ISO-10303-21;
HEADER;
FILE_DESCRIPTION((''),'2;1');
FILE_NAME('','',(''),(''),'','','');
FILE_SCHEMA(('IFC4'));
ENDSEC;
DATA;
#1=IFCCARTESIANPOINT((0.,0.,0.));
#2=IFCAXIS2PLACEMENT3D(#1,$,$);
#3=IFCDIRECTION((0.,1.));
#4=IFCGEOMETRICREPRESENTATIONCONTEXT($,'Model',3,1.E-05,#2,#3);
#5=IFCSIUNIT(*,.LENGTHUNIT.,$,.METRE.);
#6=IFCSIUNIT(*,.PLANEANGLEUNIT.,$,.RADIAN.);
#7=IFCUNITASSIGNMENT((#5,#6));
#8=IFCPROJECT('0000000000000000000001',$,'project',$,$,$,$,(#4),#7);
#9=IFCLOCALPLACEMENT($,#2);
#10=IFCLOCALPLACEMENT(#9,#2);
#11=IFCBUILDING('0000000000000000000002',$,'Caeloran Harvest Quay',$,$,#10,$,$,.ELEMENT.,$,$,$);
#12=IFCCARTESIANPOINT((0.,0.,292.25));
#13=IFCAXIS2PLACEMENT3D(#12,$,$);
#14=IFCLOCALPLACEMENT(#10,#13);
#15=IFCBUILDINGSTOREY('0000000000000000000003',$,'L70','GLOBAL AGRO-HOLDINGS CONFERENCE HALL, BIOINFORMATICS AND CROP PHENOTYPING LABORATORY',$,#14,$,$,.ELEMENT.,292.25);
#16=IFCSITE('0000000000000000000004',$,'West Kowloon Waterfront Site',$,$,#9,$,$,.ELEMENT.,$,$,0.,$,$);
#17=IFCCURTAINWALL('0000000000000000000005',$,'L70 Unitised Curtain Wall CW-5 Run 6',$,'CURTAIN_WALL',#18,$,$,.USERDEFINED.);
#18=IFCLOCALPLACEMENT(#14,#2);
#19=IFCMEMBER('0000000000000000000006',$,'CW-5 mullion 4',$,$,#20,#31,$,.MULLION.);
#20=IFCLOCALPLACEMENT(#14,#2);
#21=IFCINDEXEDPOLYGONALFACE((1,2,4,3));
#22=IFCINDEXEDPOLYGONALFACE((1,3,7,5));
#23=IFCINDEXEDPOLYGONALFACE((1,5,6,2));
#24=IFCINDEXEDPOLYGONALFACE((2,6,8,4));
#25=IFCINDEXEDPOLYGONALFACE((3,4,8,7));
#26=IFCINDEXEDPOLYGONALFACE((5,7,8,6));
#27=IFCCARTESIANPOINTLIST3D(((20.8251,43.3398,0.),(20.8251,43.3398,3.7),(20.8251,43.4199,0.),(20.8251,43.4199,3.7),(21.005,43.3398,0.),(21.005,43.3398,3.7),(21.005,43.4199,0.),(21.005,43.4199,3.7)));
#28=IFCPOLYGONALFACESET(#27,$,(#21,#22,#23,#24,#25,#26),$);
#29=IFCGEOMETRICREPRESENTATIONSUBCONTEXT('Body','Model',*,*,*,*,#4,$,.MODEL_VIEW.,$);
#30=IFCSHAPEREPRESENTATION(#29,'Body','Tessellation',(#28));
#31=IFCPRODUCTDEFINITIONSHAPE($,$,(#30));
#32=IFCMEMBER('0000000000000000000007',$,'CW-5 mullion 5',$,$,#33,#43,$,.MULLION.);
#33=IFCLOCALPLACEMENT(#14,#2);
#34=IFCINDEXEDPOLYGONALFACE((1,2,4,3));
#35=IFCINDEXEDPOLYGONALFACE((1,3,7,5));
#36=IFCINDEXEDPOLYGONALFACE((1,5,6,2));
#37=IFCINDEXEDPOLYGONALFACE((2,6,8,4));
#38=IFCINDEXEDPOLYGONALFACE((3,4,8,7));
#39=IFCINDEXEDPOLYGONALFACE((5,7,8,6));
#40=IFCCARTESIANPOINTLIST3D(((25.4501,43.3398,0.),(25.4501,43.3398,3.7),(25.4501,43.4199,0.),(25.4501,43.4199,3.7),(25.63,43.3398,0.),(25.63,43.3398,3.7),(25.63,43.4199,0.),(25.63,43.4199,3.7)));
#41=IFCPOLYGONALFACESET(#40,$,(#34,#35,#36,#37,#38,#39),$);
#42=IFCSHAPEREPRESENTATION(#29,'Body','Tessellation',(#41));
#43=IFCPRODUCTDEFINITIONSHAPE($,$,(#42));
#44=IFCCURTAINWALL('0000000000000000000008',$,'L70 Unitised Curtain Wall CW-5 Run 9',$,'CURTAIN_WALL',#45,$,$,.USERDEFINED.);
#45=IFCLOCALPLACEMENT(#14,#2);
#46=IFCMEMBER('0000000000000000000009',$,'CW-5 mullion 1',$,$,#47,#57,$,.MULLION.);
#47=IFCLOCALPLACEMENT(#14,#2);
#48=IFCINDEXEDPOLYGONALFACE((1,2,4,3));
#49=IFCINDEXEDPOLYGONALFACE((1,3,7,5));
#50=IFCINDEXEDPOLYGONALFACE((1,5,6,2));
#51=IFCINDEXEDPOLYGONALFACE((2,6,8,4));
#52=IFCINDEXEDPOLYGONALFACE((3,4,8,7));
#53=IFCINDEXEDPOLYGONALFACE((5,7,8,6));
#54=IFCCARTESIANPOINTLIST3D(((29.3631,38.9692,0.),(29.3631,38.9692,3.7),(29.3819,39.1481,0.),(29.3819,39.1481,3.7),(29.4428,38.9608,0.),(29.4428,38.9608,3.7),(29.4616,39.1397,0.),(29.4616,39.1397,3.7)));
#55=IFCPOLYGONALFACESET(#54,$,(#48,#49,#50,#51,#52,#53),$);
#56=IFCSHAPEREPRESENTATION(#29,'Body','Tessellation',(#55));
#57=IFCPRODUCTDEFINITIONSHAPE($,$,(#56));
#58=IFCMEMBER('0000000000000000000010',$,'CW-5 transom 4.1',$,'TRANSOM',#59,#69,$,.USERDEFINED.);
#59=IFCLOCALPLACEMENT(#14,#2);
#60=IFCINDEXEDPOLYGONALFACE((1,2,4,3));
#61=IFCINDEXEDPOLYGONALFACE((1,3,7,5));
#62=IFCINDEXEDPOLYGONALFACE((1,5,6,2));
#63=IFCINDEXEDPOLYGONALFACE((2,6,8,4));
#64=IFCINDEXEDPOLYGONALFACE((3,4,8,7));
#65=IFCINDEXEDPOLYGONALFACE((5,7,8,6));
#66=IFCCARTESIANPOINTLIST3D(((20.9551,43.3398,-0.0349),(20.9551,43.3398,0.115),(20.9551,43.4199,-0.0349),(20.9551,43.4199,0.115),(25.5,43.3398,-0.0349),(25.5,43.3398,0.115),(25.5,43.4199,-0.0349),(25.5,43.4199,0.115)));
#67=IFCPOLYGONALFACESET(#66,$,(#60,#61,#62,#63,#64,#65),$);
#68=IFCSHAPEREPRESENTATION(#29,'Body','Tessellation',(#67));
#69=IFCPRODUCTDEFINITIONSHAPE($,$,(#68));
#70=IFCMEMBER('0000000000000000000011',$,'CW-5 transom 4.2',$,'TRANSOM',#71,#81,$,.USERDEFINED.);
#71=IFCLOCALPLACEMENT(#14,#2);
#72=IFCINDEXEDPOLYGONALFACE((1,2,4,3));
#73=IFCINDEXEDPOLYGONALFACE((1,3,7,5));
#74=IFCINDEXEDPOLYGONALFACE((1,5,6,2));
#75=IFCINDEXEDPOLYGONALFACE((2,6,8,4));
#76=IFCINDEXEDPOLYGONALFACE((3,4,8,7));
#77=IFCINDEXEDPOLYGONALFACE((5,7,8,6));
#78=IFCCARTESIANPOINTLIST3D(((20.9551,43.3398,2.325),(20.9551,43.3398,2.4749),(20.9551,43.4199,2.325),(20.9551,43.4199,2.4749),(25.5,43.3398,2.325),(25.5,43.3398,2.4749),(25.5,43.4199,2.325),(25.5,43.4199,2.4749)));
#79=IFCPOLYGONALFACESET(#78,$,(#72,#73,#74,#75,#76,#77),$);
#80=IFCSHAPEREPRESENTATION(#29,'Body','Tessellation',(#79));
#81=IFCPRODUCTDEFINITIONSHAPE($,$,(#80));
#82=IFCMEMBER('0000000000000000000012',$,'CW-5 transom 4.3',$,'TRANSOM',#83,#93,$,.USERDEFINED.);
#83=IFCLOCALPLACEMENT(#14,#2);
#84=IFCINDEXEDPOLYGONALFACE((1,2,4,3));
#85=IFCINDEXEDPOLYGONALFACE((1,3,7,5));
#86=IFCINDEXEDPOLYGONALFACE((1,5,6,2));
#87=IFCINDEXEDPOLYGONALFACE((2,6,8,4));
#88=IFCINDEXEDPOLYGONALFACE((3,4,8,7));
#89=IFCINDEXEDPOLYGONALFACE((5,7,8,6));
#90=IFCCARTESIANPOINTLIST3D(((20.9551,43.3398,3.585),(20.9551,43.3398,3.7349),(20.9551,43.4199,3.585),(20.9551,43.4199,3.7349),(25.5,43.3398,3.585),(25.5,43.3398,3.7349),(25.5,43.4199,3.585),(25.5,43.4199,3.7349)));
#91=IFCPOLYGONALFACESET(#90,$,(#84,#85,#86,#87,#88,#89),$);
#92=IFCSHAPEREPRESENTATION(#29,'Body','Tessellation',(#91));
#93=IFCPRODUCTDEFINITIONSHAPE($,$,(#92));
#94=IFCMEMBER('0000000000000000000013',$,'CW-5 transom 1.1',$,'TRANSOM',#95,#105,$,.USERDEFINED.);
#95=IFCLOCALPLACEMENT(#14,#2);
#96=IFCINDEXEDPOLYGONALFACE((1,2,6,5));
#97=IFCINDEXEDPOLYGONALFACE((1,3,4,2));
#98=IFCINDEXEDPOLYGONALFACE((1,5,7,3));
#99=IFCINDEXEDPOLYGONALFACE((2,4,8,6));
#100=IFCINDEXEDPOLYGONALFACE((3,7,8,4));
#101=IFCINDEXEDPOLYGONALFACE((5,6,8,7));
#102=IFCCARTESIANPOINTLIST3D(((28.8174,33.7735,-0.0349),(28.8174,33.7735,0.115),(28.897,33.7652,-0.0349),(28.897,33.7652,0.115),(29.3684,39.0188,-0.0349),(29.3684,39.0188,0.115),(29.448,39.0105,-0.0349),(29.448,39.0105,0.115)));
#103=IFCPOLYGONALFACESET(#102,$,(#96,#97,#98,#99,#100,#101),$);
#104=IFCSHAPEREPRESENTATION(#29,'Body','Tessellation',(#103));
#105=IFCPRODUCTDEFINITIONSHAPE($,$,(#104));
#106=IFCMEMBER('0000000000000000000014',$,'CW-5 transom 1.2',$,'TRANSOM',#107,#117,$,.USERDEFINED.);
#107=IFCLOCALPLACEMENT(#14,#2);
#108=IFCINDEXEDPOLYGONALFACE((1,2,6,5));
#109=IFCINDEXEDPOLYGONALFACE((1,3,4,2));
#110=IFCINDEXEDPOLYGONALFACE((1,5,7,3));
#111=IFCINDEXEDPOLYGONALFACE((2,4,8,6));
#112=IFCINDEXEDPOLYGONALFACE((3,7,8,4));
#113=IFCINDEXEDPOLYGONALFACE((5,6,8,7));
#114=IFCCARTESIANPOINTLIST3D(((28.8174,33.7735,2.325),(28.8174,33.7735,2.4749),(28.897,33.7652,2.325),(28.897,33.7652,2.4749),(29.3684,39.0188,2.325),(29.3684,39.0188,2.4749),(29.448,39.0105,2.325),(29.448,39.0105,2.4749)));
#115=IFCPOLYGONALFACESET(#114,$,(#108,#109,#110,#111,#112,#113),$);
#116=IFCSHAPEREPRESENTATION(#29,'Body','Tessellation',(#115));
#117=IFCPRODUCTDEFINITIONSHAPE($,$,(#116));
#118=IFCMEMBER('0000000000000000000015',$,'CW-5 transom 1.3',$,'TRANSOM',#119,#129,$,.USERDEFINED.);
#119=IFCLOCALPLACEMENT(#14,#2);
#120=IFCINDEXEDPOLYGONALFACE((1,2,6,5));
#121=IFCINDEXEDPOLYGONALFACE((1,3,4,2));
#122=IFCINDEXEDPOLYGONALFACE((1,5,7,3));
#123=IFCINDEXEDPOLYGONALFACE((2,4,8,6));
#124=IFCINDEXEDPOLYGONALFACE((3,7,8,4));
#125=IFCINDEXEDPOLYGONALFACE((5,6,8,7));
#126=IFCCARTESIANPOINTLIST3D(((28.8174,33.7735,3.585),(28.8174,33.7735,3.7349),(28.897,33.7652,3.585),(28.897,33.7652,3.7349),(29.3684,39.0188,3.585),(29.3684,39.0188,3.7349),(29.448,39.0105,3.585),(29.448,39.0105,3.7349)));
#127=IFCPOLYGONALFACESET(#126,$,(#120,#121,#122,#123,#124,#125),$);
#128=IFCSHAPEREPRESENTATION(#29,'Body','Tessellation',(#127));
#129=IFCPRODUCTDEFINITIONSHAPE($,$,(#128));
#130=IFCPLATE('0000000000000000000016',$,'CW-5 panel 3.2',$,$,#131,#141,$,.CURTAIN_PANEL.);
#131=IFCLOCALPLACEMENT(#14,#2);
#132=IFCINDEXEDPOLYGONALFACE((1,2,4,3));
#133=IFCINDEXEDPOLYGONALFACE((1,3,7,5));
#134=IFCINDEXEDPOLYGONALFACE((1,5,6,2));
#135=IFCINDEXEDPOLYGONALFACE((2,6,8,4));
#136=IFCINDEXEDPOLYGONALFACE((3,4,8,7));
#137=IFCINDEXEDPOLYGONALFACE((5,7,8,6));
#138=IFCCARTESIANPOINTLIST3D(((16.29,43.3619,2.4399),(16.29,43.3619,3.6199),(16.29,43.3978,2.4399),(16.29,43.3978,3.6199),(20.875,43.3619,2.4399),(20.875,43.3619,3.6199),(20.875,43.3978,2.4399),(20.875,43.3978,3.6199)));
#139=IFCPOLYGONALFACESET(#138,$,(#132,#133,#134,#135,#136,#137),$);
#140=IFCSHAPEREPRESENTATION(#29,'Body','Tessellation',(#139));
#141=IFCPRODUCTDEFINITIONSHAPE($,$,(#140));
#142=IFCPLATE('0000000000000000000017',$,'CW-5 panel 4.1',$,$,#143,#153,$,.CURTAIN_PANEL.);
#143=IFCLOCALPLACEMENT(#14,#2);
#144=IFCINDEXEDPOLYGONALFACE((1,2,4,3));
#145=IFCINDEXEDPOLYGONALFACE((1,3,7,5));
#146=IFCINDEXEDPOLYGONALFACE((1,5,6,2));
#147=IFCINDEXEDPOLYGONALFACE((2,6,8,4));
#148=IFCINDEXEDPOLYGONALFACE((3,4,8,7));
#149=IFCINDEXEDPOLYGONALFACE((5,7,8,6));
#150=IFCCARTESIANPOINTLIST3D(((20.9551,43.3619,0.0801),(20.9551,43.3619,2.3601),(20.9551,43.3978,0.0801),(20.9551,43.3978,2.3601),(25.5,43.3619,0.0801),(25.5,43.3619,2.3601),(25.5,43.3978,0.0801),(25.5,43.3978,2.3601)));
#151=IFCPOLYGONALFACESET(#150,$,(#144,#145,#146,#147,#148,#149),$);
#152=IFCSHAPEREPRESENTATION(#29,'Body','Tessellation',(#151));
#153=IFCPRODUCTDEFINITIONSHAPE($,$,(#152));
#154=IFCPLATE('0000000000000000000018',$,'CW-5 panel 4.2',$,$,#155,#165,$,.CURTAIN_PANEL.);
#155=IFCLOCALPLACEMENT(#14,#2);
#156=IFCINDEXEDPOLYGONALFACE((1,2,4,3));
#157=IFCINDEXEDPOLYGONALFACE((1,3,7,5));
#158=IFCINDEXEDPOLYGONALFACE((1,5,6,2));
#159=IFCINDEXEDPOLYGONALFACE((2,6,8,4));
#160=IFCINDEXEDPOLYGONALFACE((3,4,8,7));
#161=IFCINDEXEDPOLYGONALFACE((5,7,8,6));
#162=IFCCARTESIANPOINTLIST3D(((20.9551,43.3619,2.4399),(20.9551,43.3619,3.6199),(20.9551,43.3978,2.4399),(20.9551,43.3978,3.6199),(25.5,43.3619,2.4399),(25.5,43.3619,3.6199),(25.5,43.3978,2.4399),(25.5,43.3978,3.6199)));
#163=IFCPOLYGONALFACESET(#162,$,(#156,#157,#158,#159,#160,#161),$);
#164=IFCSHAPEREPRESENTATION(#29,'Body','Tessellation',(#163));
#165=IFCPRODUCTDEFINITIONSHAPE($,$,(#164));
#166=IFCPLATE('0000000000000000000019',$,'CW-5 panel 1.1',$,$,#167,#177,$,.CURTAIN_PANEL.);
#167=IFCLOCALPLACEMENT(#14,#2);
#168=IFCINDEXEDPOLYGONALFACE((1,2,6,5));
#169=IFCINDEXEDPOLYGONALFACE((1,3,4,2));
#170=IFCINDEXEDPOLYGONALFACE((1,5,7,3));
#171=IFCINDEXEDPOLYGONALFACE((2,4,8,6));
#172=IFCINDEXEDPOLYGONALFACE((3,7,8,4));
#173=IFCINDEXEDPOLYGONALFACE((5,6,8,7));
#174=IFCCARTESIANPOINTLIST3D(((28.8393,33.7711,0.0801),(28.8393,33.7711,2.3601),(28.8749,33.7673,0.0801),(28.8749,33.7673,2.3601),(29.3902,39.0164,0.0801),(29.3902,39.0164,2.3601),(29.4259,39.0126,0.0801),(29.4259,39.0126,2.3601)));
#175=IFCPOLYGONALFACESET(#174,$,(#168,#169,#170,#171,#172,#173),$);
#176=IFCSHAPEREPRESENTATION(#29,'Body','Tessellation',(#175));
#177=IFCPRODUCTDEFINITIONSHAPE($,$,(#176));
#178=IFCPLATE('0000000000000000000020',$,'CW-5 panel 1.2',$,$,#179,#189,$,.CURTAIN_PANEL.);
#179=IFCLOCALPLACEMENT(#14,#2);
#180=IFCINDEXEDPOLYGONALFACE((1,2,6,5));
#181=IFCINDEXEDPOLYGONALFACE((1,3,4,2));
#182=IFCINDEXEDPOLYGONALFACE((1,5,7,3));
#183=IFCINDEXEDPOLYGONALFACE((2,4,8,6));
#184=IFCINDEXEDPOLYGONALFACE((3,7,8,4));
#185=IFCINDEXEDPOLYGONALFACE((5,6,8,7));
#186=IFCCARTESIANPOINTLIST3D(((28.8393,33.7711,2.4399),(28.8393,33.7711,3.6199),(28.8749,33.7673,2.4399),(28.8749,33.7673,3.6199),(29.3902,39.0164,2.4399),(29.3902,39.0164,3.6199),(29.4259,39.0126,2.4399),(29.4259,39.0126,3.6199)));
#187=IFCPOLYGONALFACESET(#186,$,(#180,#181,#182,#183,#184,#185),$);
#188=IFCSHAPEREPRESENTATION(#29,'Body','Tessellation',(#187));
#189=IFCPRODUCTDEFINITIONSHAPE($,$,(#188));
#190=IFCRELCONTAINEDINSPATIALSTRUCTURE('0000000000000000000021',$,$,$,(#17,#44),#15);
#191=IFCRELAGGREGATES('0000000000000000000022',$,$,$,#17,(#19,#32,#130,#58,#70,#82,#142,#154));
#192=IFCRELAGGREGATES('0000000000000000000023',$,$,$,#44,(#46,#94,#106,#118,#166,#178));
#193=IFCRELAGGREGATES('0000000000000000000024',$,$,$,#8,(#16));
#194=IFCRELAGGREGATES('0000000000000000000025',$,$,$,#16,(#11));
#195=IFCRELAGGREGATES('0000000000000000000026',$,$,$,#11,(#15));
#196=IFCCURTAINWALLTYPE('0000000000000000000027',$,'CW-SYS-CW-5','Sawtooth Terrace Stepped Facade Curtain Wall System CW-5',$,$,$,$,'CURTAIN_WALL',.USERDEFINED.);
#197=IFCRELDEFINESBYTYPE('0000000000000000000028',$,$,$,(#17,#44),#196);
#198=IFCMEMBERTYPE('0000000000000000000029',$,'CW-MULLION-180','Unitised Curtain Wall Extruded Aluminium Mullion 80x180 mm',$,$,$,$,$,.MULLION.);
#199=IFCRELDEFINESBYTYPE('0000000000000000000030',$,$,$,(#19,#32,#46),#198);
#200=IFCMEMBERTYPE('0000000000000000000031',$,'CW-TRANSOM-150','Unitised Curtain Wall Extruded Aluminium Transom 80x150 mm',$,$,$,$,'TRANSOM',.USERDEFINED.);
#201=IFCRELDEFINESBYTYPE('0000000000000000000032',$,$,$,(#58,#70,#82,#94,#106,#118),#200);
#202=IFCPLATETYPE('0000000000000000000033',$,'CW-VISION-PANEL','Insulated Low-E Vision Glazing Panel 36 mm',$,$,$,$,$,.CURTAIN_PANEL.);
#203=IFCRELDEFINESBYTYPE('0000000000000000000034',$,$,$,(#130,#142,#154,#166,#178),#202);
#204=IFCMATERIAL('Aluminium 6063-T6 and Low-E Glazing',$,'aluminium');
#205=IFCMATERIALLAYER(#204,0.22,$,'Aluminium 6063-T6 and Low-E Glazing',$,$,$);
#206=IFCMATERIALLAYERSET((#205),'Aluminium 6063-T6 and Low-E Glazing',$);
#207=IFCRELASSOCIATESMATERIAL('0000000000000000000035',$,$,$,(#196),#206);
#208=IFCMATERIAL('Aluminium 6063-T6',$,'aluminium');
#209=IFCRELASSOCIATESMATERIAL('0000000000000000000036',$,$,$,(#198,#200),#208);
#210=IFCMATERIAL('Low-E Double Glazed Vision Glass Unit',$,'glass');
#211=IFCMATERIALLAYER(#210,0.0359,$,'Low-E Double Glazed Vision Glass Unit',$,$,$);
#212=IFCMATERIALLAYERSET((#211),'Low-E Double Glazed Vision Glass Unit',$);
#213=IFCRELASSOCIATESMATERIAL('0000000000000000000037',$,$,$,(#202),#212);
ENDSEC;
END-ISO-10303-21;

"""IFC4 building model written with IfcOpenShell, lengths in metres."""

from ifc_helpers import new_model, si_unit, direction, frame, origin, origin_2d, place, context, subcontext, project, spatial, rectangle, extrude, material, layer, layer_set, material_profile, profile_set, type_object, element, aggregate, save


model = new_model("IFC4")

# Units and contexts
model_context = context("Model", 3, precision=1e-05, world=origin(), true_north=direction((0.0, 1.0)))
body_context = subcontext(model_context, "Body", "Model", "MODEL_VIEW")
ifc_project = project(units=[si_unit("LENGTHUNIT", "METRE"), si_unit("PLANEANGLEUNIT", "RADIAN")], contexts=[model_context])

# Site, building, storey
site_placement = place(None, origin())
site = spatial("IfcSite", under=ifc_project, at=site_placement, Name="West Kowloon Waterfront Site", CompositionType="ELEMENT", RefElevation=0.0)
building_placement = place(site_placement, origin())
building = spatial("IfcBuilding", under=site, at=building_placement, Name="Caeloran Harvest Quay", CompositionType="ELEMENT")
storey_placement = place(building_placement, frame((0.0, 0.0, 292.25)))
storey = spatial("IfcBuildingStorey", under=building, at=storey_placement, Name="L70", Description="GLOBAL AGRO-HOLDINGS CONFERENCE HALL, BIOINFORMATICS AND CROP PHENOTYPING LABORATORY", CompositionType="ELEMENT", Elevation=292.25)

# Curtain wall, members
ifc_material_1 = material(Name="Aluminium 6063-T6 and Low-E Glazing", Category="aluminium")
ifc_layer_1 = layer(ifc_material_1, 0.22, Name="Aluminium 6063-T6 and Low-E Glazing")
ifc_layer_set_1 = layer_set([ifc_layer_1], Name="Aluminium 6063-T6 and Low-E Glazing")
curtain_wall_type = type_object("IfcCurtainWallType", Name="CW-SYS-CW-5", Description="Sawtooth Terrace Stepped Facade Curtain Wall System CW-5", ElementType="CURTAIN_WALL", PredefinedType="USERDEFINED", material=ifc_layer_set_1)
curtain_wall_1_placement = place(storey_placement, origin())
curtain_wall_1 = element("IfcCurtainWall", 1, at=curtain_wall_1_placement, inside=storey, type_object=curtain_wall_type, Name="L70 Unitised Curtain Wall CW-5 Run 6", ObjectType="CURTAIN_WALL", PredefinedType="USERDEFINED")
ifc_material_2 = material(Name="Aluminium 6063-T6", Category="aluminium")
ifc_material_profile_1 = material_profile(ifc_material_2, rectangle(XDim=0.0801, YDim=0.1799, at=origin_2d()), Name="CW-MULLION-180")
ifc_profile_set_1 = profile_set([ifc_material_profile_1], Name="Aluminium 6063-T6")
member_type_1 = type_object("IfcMemberType", Name="CW-MULLION-180", Description="Unitised Curtain Wall Extruded Aluminium Mullion 80x180 mm", PredefinedType="MULLION", material=ifc_profile_set_1)
member_1_placement = place(storey_placement, frame((20.915, 43.3799, 0.0), z_axis=(0.0, 0.0, 1.0), x_axis=(0.0, 1.0, 0.0)))
member_1 = element("IfcMember", 2, at=member_1_placement, type_object=member_type_1, Name="CW-5 mullion 4", PredefinedType="MULLION", context=body_context, shape_type="SweptSolid", body=[
    extrude(rectangle(XDim=0.0801, YDim=0.1799, at=origin_2d()), origin(), (0.0, 0.0, 1.0), 3.7),
])
member_2_placement = place(storey_placement, frame((25.54, 43.3799, 0.0), z_axis=(0.0, 0.0, 1.0), x_axis=(0.0, 1.0, 0.0)))
member_2 = element("IfcMember", 3, at=member_2_placement, type_object=member_type_1, Name="CW-5 mullion 5", PredefinedType="MULLION", context=body_context, shape_type="SweptSolid", body=[
    extrude(rectangle(XDim=0.0801, YDim=0.1799, at=origin_2d()), origin(), (0.0, 0.0, 1.0), 3.7),
])

# Curtain wall, member
curtain_wall_2_placement = place(storey_placement, origin())
curtain_wall_2 = element("IfcCurtainWall", 4, at=curtain_wall_2_placement, inside=storey, type_object=curtain_wall_type, Name="L70 Unitised Curtain Wall CW-5 Run 9", ObjectType="CURTAIN_WALL", PredefinedType="USERDEFINED")
member_3_placement = place(storey_placement, frame((29.4124, 39.0544, 0.0), z_axis=(0.0, 0.0, 1.0), x_axis=(0.994529, -0.10446, 0.0)))
member_3 = element("IfcMember", 5, at=member_3_placement, type_object=member_type_1, Name="CW-5 mullion 1", PredefinedType="MULLION", context=body_context, shape_type="SweptSolid", body=[
    extrude(rectangle(XDim=0.0801, YDim=0.1799, at=origin_2d()), origin(), (0.0, 0.0, 1.0), 3.7),
])

# Members
ifc_material_profile_2 = material_profile(ifc_material_2, rectangle(XDim=0.0801, YDim=0.1499, at=origin_2d()), Name="CW-TRANSOM-150")
ifc_profile_set_2 = profile_set([ifc_material_profile_2], Name="Aluminium 6063-T6")
member_type_2 = type_object("IfcMemberType", Name="CW-TRANSOM-150", Description="Unitised Curtain Wall Extruded Aluminium Transom 80x150 mm", ElementType="TRANSOM", PredefinedType="USERDEFINED", material=ifc_profile_set_2)
member_4_placement = place(storey_placement, frame((20.9551, 43.3799, 0.04), z_axis=(1.0, 0.0, 0.0), x_axis=(0.0, 1.0, 0.0)))
member_4 = element("IfcMember", 6, at=member_4_placement, type_object=member_type_2, Name="CW-5 transom 4.1", ObjectType="TRANSOM", PredefinedType="USERDEFINED", context=body_context, shape_type="SweptSolid", body=[
    extrude(rectangle(XDim=0.0801, YDim=0.1499, at=origin_2d()), origin(), (0.0, 0.0, 1.0), 4.5449),
])
member_5_placement = place(storey_placement, frame((20.9551, 43.3799, 2.3999), z_axis=(1.0, 0.0, 0.0), x_axis=(0.0, 1.0, 0.0)))
member_5 = element("IfcMember", 7, at=member_5_placement, type_object=member_type_2, Name="CW-5 transom 4.2", ObjectType="TRANSOM", PredefinedType="USERDEFINED", context=body_context, shape_type="SweptSolid", body=[
    extrude(rectangle(XDim=0.0801, YDim=0.1499, at=origin_2d()), origin(), (0.0, 0.0, 1.0), 4.5449),
])
member_6_placement = place(storey_placement, frame((20.9551, 43.3799, 3.6599), z_axis=(1.0, 0.0, 0.0), x_axis=(0.0, 1.0, 0.0)))
member_6 = element("IfcMember", 8, at=member_6_placement, type_object=member_type_2, Name="CW-5 transom 4.3", ObjectType="TRANSOM", PredefinedType="USERDEFINED", context=body_context, shape_type="SweptSolid", body=[
    extrude(rectangle(XDim=0.0801, YDim=0.1499, at=origin_2d()), origin(), (0.0, 0.0, 1.0), 4.5449),
])
member_7_placement = place(storey_placement, frame((29.4082, 39.0146, 0.04), z_axis=(-0.104475, -0.994527, 0.0), x_axis=(0.994527, -0.104475, 0.0)))
member_7 = element("IfcMember", 9, at=member_7_placement, type_object=member_type_2, Name="CW-5 transom 1.1", ObjectType="TRANSOM", PredefinedType="USERDEFINED", context=body_context, shape_type="SweptSolid", body=[
    extrude(rectangle(XDim=0.0801, YDim=0.1499, at=origin_2d()), origin(), (0.0, 0.0, 1.0), 5.2742),
])
member_8_placement = place(storey_placement, frame((29.4082, 39.0146, 2.3999), z_axis=(-0.104475, -0.994527, 0.0), x_axis=(0.994527, -0.104475, 0.0)))
member_8 = element("IfcMember", 10, at=member_8_placement, type_object=member_type_2, Name="CW-5 transom 1.2", ObjectType="TRANSOM", PredefinedType="USERDEFINED", context=body_context, shape_type="SweptSolid", body=[
    extrude(rectangle(XDim=0.0801, YDim=0.1499, at=origin_2d()), origin(), (0.0, 0.0, 1.0), 5.2742),
])
member_9_placement = place(storey_placement, frame((29.4082, 39.0146, 3.6599), z_axis=(-0.104475, -0.994527, 0.0), x_axis=(0.994527, -0.104475, 0.0)))
member_9 = element("IfcMember", 11, at=member_9_placement, type_object=member_type_2, Name="CW-5 transom 1.3", ObjectType="TRANSOM", PredefinedType="USERDEFINED", context=body_context, shape_type="SweptSolid", body=[
    extrude(rectangle(XDim=0.0801, YDim=0.1499, at=origin_2d()), origin(), (0.0, 0.0, 1.0), 5.2742),
])

# Plates
ifc_material_3 = material(Name="Low-E Double Glazed Vision Glass Unit", Category="glass")
ifc_layer_2 = layer(ifc_material_3, 0.0359, Name="Low-E Double Glazed Vision Glass Unit")
ifc_layer_set_2 = layer_set([ifc_layer_2], Name="Low-E Double Glazed Vision Glass Unit")
plate_type = type_object("IfcPlateType", Name="CW-VISION-PANEL", Description="Insulated Low-E Vision Glazing Panel 36 mm", PredefinedType="CURTAIN_PANEL", material=ifc_layer_set_2)
plate_1_placement = place(storey_placement, frame((18.5825, 43.3799, 2.4399), z_axis=(0.0, 0.0, 1.0), x_axis=(1.0, 0.0, 0.0)))
plate_1 = element("IfcPlate", 12, at=plate_1_placement, type_object=plate_type, Name="CW-5 panel 3.2", PredefinedType="CURTAIN_PANEL", context=body_context, shape_type="SweptSolid", body=[
    extrude(rectangle(XDim=4.585, YDim=0.0359, at=origin_2d()), origin(), (0.0, 0.0, 1.0), 1.1799),
])
plate_2_placement = place(storey_placement, frame((23.2275, 43.3799, 0.0801), z_axis=(0.0, 0.0, 1.0), x_axis=(1.0, 0.0, 0.0)))
plate_2 = element("IfcPlate", 13, at=plate_2_placement, type_object=plate_type, Name="CW-5 panel 4.1", PredefinedType="CURTAIN_PANEL", context=body_context, shape_type="SweptSolid", body=[
    extrude(rectangle(XDim=4.5449, YDim=0.0359, at=origin_2d()), origin(), (0.0, 0.0, 1.0), 2.28),
])
plate_3_placement = place(storey_placement, frame((23.2275, 43.3799, 2.4399), z_axis=(0.0, 0.0, 1.0), x_axis=(1.0, 0.0, 0.0)))
plate_3 = element("IfcPlate", 14, at=plate_3_placement, type_object=plate_type, Name="CW-5 panel 4.2", PredefinedType="CURTAIN_PANEL", context=body_context, shape_type="SweptSolid", body=[
    extrude(rectangle(XDim=4.5449, YDim=0.0359, at=origin_2d()), origin(), (0.0, 0.0, 1.0), 1.1799),
])
aggregate(curtain_wall_1, [member_1, member_2, plate_1, member_4, member_5, member_6, plate_2, plate_3])
plate_4_placement = place(storey_placement, frame((29.1326, 36.3918, 0.0801), z_axis=(0.0, 0.0, 1.0), x_axis=(-0.10446, -0.994529, 0.0)))
plate_4 = element("IfcPlate", 15, at=plate_4_placement, type_object=plate_type, Name="CW-5 panel 1.1", PredefinedType="CURTAIN_PANEL", context=body_context, shape_type="SweptSolid", body=[
    extrude(rectangle(XDim=5.2742, YDim=0.0359, at=origin_2d()), origin(), (0.0, 0.0, 1.0), 2.28),
])
plate_5_placement = place(storey_placement, frame((29.1326, 36.3918, 2.4399), z_axis=(0.0, 0.0, 1.0), x_axis=(-0.10446, -0.994529, 0.0)))
plate_5 = element("IfcPlate", 16, at=plate_5_placement, type_object=plate_type, Name="CW-5 panel 1.2", PredefinedType="CURTAIN_PANEL", context=body_context, shape_type="SweptSolid", body=[
    extrude(rectangle(XDim=5.2742, YDim=0.0359, at=origin_2d()), origin(), (0.0, 0.0, 1.0), 1.1799),
])
aggregate(curtain_wall_2, [member_3, member_7, member_8, member_9, plate_4, plate_5])

save(model, "model.ifc")
